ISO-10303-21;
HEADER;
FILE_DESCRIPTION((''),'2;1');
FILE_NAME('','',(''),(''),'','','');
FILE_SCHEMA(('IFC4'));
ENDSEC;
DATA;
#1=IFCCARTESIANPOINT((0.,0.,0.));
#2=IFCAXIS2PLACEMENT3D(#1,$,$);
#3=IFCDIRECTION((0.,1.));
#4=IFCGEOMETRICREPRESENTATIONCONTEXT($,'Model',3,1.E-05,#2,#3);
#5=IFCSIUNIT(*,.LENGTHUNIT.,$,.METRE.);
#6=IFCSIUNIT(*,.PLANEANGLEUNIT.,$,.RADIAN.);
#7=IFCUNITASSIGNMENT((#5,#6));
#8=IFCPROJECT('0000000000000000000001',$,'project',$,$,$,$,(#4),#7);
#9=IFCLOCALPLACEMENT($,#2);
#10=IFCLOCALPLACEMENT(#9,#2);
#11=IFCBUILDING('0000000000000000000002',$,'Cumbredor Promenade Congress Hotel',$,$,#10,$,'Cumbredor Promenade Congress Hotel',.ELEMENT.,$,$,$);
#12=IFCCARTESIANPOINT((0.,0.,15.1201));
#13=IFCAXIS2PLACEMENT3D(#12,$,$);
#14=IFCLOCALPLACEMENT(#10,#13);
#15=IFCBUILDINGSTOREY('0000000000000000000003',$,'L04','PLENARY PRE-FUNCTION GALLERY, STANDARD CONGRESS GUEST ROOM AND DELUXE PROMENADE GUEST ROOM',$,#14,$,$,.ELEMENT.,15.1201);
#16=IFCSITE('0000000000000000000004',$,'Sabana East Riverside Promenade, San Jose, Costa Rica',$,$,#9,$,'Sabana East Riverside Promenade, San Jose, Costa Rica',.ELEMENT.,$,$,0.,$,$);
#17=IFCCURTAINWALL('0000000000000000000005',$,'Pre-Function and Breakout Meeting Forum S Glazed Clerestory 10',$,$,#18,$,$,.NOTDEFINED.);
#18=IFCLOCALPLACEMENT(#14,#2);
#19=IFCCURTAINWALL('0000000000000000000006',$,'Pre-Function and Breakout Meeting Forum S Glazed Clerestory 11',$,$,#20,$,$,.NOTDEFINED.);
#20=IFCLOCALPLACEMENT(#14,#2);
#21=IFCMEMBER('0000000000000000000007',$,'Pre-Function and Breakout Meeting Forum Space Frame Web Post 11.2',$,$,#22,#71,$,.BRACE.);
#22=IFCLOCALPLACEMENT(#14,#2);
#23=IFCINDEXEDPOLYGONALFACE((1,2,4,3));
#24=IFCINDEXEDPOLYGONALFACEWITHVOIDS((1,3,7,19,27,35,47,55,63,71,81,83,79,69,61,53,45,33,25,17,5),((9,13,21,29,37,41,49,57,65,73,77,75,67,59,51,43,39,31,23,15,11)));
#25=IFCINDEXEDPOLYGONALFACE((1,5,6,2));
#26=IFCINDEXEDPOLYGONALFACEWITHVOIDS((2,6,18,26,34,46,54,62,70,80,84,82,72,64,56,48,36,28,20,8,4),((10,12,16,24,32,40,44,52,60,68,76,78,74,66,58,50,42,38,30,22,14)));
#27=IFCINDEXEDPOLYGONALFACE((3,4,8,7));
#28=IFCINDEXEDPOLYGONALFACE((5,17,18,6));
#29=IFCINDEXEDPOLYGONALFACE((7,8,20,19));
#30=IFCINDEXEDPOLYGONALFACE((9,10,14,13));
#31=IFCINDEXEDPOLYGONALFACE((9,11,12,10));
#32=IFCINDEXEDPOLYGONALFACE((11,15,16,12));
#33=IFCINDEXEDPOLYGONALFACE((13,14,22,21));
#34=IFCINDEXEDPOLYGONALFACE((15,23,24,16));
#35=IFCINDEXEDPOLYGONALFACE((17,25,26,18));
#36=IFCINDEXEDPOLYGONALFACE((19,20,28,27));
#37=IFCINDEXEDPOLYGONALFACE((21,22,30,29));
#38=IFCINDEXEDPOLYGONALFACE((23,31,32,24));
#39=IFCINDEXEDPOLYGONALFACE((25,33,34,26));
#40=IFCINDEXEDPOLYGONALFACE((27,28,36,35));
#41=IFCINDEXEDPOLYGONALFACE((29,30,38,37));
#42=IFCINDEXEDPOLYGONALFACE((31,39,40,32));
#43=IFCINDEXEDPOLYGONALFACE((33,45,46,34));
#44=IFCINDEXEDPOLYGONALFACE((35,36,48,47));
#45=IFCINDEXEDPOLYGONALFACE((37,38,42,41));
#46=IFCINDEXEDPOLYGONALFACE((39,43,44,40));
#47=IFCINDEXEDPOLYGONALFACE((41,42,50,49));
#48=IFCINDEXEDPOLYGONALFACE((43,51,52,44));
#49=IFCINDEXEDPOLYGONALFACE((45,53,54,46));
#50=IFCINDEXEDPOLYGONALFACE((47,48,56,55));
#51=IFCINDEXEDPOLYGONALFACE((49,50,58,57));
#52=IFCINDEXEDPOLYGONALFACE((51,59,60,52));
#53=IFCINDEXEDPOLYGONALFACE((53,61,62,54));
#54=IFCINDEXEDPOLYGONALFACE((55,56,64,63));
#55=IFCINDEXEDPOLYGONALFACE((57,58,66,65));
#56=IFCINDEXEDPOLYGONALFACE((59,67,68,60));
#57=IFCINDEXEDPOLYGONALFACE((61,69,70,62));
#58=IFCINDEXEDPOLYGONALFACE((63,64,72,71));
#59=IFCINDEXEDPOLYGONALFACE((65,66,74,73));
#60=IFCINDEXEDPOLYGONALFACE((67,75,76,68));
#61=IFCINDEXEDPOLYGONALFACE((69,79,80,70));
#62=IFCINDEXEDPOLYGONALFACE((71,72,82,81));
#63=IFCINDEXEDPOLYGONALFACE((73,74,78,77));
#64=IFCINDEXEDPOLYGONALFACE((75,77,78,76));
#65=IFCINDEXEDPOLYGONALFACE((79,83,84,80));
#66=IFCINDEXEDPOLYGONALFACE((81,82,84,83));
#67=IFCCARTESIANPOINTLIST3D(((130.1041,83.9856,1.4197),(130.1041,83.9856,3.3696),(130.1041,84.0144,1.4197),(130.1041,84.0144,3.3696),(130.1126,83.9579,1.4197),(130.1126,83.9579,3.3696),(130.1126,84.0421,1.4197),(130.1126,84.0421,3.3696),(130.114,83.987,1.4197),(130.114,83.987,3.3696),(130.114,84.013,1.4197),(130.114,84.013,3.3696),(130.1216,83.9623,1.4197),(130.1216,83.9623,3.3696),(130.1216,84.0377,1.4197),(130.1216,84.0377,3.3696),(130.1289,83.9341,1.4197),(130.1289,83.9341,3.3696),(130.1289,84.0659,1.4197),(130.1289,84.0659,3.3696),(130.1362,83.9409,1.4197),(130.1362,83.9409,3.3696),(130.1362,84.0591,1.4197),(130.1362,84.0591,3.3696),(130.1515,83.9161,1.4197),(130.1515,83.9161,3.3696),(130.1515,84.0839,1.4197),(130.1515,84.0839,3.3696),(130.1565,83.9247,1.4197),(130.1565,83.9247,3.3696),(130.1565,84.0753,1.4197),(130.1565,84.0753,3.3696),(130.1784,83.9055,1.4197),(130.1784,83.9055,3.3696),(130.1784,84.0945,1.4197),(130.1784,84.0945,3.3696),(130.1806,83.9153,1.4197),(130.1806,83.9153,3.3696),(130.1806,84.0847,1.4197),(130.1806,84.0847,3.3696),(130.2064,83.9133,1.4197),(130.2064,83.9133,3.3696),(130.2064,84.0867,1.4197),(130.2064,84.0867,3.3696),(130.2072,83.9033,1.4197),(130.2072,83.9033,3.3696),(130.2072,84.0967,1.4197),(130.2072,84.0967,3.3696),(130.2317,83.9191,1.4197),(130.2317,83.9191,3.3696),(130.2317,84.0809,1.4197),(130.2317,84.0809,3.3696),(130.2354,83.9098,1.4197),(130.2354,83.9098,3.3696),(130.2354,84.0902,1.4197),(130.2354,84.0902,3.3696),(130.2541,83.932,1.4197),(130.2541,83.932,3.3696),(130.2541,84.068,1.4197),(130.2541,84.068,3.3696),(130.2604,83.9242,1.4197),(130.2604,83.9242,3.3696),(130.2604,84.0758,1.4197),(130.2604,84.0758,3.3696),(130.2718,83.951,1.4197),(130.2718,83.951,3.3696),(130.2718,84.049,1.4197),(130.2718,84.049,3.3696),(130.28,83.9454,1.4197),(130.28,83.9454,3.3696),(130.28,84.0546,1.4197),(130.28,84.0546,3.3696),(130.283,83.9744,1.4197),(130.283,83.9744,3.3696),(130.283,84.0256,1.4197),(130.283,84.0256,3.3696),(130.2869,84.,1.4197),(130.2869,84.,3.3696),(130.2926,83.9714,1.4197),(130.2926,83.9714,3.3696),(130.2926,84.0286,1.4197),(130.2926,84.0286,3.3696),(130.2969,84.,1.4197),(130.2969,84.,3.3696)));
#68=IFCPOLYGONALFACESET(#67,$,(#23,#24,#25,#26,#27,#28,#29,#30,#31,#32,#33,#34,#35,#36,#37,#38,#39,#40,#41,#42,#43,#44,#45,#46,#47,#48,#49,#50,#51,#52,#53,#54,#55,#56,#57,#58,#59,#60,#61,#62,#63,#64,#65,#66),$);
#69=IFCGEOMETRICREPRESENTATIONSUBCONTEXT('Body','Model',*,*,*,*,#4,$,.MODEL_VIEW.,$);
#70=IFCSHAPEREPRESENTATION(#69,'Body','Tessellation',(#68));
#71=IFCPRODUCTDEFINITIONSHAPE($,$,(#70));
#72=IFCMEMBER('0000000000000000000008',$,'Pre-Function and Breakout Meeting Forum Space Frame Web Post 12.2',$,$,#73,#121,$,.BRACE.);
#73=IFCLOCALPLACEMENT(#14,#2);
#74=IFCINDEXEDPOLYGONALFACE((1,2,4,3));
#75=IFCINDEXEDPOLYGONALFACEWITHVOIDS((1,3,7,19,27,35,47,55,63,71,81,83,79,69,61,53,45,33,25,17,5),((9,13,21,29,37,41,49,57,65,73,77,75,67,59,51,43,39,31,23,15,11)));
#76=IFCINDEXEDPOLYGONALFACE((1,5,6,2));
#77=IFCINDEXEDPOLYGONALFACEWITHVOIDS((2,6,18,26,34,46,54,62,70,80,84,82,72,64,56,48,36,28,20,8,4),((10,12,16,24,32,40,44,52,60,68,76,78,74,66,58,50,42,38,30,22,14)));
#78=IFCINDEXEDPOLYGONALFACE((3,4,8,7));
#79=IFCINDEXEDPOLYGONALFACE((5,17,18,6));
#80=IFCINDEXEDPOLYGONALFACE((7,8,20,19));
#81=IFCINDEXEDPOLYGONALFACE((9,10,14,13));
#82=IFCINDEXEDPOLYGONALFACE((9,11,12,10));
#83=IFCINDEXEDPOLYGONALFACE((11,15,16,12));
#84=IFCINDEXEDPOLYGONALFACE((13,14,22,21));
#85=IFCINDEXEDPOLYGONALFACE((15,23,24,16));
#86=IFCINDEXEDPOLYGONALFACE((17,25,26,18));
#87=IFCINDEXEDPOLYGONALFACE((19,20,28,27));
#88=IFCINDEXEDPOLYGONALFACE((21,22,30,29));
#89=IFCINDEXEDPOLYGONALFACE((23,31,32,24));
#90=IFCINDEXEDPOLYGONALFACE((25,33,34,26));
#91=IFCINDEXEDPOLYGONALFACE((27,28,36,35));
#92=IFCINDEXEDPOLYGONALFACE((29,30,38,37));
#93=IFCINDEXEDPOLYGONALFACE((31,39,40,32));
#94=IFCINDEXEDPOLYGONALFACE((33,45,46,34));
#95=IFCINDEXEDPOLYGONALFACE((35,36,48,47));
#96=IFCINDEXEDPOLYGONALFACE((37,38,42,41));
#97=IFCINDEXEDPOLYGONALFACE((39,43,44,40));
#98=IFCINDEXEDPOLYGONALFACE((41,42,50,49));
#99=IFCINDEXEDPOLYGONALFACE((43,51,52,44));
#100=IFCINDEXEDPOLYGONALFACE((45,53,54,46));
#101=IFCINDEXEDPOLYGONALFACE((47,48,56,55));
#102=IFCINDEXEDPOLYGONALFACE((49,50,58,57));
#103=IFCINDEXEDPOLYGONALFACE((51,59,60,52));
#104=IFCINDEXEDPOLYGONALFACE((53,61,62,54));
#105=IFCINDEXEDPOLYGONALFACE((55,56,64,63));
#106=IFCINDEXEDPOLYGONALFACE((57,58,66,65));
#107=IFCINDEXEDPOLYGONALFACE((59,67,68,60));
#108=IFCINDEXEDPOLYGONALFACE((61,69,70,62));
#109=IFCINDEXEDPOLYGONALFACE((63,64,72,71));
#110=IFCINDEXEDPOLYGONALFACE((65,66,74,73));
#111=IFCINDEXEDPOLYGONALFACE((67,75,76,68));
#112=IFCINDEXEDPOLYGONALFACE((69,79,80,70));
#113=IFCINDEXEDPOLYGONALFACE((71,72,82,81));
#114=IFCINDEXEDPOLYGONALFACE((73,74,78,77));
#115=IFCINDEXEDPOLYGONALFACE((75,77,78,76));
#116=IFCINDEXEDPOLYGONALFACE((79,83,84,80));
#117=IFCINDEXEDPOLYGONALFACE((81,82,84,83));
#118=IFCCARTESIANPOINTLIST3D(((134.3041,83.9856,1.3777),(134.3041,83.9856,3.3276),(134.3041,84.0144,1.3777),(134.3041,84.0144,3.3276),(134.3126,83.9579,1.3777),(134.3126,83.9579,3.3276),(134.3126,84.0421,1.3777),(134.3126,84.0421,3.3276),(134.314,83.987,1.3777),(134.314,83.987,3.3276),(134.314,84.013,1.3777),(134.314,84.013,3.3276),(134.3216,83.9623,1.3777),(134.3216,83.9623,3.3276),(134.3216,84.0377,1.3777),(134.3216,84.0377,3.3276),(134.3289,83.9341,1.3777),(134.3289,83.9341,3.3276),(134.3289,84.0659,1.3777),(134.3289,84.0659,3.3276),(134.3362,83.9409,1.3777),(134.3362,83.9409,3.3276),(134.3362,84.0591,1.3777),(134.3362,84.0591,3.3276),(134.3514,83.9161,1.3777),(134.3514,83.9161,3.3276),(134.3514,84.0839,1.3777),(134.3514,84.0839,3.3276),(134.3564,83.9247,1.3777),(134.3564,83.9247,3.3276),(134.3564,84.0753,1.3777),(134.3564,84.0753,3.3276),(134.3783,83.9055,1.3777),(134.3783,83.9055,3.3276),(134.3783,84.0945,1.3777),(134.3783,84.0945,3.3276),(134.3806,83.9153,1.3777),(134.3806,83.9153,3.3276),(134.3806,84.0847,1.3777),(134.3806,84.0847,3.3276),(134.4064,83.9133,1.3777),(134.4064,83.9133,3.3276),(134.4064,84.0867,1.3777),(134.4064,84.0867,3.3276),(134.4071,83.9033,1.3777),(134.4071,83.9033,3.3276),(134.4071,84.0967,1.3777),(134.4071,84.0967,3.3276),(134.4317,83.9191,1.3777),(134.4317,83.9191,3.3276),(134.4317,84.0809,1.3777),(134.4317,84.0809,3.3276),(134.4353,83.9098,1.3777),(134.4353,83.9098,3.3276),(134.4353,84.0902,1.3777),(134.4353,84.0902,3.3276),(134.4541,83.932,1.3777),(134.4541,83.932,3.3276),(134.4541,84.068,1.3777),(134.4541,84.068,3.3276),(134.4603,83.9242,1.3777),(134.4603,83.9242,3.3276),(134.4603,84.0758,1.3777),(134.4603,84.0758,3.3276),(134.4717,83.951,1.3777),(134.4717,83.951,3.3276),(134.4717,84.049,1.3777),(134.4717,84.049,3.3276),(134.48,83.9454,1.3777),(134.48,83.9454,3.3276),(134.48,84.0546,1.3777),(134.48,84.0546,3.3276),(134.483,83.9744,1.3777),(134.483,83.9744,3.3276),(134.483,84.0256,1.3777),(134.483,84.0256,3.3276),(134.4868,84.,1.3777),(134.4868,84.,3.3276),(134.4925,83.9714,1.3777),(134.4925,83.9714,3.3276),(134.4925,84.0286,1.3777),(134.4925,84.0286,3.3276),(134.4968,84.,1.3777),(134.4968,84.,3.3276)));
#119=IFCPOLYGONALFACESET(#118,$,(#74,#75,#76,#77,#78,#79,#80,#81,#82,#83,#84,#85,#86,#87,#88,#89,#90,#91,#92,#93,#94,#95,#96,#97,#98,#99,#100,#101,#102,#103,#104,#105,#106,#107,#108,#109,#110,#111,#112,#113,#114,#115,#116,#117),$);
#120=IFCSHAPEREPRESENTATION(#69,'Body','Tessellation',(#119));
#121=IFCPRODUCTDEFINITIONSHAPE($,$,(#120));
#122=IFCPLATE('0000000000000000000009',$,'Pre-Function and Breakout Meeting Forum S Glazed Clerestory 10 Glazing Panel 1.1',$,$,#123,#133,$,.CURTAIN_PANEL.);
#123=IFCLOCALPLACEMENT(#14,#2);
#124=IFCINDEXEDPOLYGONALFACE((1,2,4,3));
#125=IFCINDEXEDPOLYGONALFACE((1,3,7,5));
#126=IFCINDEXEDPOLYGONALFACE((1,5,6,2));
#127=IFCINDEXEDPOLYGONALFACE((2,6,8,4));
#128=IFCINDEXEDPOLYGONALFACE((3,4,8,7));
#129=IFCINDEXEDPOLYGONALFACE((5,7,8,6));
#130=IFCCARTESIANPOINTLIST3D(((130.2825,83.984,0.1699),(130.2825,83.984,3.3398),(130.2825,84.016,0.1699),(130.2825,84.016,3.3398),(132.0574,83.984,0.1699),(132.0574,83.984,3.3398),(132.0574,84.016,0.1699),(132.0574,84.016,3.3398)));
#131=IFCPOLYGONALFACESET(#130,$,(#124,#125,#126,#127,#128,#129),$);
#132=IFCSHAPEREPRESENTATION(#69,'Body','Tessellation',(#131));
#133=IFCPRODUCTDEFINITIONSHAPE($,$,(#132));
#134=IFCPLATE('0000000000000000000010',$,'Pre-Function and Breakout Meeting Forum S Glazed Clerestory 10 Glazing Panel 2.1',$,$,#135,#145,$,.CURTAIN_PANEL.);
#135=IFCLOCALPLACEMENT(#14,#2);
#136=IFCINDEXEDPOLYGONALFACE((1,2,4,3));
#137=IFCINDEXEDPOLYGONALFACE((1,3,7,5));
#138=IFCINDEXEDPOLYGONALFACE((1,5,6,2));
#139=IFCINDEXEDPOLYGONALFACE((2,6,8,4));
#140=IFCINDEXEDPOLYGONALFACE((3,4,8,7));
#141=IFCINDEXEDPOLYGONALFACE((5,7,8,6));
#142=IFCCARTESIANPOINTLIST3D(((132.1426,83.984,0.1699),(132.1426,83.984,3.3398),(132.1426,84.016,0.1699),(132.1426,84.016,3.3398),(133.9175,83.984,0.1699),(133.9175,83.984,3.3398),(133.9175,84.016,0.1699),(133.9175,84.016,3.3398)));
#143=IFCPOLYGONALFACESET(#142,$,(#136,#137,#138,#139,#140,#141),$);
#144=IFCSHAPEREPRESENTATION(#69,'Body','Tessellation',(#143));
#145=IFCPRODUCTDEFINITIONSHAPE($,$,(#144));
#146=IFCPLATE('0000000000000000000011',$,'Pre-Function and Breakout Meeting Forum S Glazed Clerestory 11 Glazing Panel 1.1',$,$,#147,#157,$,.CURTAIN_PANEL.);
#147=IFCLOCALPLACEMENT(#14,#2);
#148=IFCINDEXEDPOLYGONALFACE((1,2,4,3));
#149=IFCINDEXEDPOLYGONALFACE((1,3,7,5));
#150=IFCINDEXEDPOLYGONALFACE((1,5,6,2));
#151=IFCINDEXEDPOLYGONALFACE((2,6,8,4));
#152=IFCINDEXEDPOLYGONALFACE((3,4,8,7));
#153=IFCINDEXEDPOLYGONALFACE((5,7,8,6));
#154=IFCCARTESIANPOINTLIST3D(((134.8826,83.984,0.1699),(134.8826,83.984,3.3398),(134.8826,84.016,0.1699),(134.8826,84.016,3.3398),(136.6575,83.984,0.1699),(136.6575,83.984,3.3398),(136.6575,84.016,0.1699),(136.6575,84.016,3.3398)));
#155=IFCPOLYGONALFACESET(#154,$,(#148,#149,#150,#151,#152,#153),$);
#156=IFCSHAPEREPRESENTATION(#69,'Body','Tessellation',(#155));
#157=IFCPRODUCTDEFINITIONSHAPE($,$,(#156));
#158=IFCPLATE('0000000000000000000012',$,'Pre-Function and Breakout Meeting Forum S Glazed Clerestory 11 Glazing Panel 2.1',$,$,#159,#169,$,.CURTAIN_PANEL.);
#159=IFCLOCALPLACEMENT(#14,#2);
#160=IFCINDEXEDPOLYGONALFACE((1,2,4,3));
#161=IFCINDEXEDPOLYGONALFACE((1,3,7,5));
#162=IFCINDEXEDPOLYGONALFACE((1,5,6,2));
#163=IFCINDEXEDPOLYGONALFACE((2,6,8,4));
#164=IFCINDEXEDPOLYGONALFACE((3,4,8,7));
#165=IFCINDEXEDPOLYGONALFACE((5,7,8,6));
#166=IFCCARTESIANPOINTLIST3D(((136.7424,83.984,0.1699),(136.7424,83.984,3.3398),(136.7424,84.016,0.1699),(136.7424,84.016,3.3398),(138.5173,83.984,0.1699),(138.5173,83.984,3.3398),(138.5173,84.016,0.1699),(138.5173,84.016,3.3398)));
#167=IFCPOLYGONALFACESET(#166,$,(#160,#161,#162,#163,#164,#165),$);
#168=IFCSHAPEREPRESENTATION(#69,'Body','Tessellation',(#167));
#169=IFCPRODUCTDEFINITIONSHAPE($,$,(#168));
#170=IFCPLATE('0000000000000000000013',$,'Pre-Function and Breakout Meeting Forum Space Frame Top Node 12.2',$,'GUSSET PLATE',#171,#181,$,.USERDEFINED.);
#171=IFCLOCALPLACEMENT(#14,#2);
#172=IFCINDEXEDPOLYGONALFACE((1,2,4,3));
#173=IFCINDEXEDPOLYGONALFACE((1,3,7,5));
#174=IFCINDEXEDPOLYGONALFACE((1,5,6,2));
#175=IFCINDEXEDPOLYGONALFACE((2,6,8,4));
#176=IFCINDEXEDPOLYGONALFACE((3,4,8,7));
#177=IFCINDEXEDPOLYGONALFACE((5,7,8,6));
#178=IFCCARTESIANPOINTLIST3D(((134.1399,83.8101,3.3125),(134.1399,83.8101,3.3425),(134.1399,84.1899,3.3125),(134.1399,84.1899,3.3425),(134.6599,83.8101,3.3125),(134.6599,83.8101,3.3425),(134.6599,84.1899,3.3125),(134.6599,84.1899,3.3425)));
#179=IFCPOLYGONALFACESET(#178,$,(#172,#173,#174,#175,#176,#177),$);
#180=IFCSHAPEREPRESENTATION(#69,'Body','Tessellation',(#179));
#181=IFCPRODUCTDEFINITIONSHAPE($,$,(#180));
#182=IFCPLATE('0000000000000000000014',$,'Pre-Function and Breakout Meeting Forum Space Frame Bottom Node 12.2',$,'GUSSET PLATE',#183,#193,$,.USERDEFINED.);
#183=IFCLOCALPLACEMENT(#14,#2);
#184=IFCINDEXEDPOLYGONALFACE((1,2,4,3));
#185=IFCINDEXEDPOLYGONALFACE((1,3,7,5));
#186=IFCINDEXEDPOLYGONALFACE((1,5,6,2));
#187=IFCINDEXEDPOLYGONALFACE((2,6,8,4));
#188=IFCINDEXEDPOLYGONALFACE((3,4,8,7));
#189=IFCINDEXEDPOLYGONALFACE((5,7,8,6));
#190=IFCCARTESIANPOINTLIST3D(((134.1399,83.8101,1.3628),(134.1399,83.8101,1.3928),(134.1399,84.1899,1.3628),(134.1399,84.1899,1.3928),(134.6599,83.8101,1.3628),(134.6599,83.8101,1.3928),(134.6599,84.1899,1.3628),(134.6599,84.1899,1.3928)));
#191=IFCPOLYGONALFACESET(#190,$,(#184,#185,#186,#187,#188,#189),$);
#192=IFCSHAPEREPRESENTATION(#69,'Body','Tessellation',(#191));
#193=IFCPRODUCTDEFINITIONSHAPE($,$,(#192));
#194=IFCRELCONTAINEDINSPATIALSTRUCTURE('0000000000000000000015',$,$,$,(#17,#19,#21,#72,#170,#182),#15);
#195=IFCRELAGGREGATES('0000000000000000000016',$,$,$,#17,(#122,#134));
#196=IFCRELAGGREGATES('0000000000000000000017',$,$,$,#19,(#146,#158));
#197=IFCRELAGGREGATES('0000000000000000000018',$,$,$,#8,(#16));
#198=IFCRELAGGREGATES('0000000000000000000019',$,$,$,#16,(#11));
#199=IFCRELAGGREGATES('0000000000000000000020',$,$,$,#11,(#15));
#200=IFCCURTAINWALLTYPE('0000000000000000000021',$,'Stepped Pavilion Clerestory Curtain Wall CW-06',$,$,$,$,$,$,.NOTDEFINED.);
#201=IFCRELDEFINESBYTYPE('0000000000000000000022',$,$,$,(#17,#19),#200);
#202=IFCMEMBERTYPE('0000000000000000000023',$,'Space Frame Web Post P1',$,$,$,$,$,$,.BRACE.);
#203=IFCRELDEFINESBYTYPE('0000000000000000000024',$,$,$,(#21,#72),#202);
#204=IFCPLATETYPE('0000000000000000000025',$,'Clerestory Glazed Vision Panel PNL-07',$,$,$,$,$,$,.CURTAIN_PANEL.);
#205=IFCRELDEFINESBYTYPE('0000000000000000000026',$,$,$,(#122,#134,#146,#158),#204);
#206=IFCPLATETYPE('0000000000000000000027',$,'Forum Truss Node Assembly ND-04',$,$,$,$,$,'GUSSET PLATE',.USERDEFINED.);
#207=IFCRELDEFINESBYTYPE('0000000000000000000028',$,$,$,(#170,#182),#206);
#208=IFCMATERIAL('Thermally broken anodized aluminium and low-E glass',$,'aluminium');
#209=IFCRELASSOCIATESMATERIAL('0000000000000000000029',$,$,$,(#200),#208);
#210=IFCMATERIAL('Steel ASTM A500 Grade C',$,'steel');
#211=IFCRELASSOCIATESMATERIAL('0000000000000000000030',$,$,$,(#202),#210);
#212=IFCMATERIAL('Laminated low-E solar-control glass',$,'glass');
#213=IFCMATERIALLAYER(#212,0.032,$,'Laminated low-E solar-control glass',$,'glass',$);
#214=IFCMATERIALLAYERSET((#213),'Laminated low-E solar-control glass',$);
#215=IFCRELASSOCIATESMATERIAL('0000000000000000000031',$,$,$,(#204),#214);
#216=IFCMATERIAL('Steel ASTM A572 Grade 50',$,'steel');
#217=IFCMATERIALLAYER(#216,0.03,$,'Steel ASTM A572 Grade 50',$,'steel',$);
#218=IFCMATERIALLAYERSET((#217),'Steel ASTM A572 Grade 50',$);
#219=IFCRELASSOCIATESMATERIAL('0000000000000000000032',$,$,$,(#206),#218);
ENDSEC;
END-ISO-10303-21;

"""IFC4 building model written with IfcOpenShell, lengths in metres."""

from ifc_helpers import new_model, si_unit, direction, frame, origin, origin_2d, place, context, subcontext, project, spatial, rectangle, hollow_circle, extrude, material, layer, layer_set, material_profile, profile_set, type_object, element, aggregate, save


model = new_model("IFC4")

# Units and contexts
model_context = context("Model", 3, precision=1e-05, world=origin(), true_north=direction((0.0, 1.0)))
body_context = subcontext(model_context, "Body", "Model", "MODEL_VIEW")
ifc_project = project(units=[si_unit("LENGTHUNIT", "METRE"), si_unit("PLANEANGLEUNIT", "RADIAN")], contexts=[model_context])

# Site, building, storey
site_placement = place(None, origin())
site = spatial("IfcSite", under=ifc_project, at=site_placement, Name="Sabana East Riverside Promenade, San Jose, Costa Rica", LongName="Sabana East Riverside Promenade, San Jose, Costa Rica", CompositionType="ELEMENT", RefElevation=0.0)
building_placement = place(site_placement, origin())
building = spatial("IfcBuilding", under=site, at=building_placement, Name="Cumbredor Promenade Congress Hotel", LongName="Cumbredor Promenade Congress Hotel", CompositionType="ELEMENT")
storey_placement = place(building_placement, frame((0.0, 0.0, 15.1201)))
storey = spatial("IfcBuildingStorey", under=building, at=storey_placement, Name="L04", Description="PLENARY PRE-FUNCTION GALLERY, STANDARD CONGRESS GUEST ROOM AND DELUXE PROMENADE GUEST ROOM", CompositionType="ELEMENT", Elevation=15.1201)

# Curtain walls
ifc_material_1 = material(Name="Thermally broken anodized aluminium and low-E glass", Category="aluminium")
curtain_wall_type = type_object("IfcCurtainWallType", Name="Stepped Pavilion Clerestory Curtain Wall CW-06", PredefinedType="NOTDEFINED", material=ifc_material_1)
curtain_wall_1_placement = place(storey_placement, origin())
curtain_wall_1 = element("IfcCurtainWall", 1, at=curtain_wall_1_placement, inside=storey, type_object=curtain_wall_type, Name="Pre-Function and Breakout Meeting Forum S Glazed Clerestory 10", PredefinedType="NOTDEFINED")
curtain_wall_2_placement = place(storey_placement, origin())
curtain_wall_2 = element("IfcCurtainWall", 2, at=curtain_wall_2_placement, inside=storey, type_object=curtain_wall_type, Name="Pre-Function and Breakout Meeting Forum S Glazed Clerestory 11", PredefinedType="NOTDEFINED")

# Members
ifc_material_2 = material(Name="Steel ASTM A500 Grade C", Category="steel")
ifc_material_profile_1 = material_profile(ifc_material_2, hollow_circle(Radius=0.0969, WallThickness=0.01, at=origin_2d()), Name="CHS 193.7x10")
ifc_profile_set_1 = profile_set([ifc_material_profile_1], Name="Steel ASTM A500 Grade C")
member_type_1 = type_object("IfcMemberType", Name="Space Frame Web Post P1", PredefinedType="BRACE", material=ifc_profile_set_1)
for number, where, z_axis, x_axis, name in (
    (3, (130.2, 84.0, 1.4197), (0.0, 0.0, 1.0), (1.0, 0.0, 0.0), "Pre-Function and Breakout Meeting Forum Space Frame Web Post 11.2"),
    (4, (134.3999, 84.0, 1.3777), (0.0, 0.0, 1.0), (1.0, 0.0, 0.0), "Pre-Function and Breakout Meeting Forum Space Frame Web Post 12.2"),
):
    element("IfcMember", number, at=place(storey_placement, frame(where, z_axis=z_axis, x_axis=x_axis)), inside=storey, type_object=member_type_1, Name=name, PredefinedType="BRACE", context=body_context, shape_type="SweptSolid", body=[
        extrude(hollow_circle(Radius=0.0969, WallThickness=0.01, at=origin_2d()), origin(), (0.0, 0.0, 1.0), 1.95),
    ])

# Plates
ifc_material_3 = material(Name="Laminated low-E solar-control glass", Category="glass")
ifc_layer_1 = layer(ifc_material_3, 0.032, Name="Laminated low-E solar-control glass", Category="glass")
ifc_layer_set_1 = layer_set([ifc_layer_1], Name="Laminated low-E solar-control glass")
plate_type_1 = type_object("IfcPlateType", Name="Clerestory Glazed Vision Panel PNL-07", PredefinedType="CURTAIN_PANEL", material=ifc_layer_set_1)
plate_1_placement = place(storey_placement, frame((131.1699, 84.0, 0.1699), z_axis=(0.0, 0.0, 1.0), x_axis=(1.0, 0.0, 0.0)))
plate_1 = element("IfcPlate", 5, at=plate_1_placement, type_object=plate_type_1, Name="Pre-Function and Breakout Meeting Forum S Glazed Clerestory 10 Glazing Panel 1.1", PredefinedType="CURTAIN_PANEL", context=body_context, shape_type="SweptSolid", body=[
    extrude(rectangle(XDim=1.7749, YDim=0.032, at=origin_2d()), origin(), (0.0, 0.0, 1.0), 3.1699),
])
plate_2_placement = place(storey_placement, frame((133.03, 84.0, 0.1699), z_axis=(0.0, 0.0, 1.0), x_axis=(1.0, 0.0, 0.0)))
plate_2 = element("IfcPlate", 6, at=plate_2_placement, type_object=plate_type_1, Name="Pre-Function and Breakout Meeting Forum S Glazed Clerestory 10 Glazing Panel 2.1", PredefinedType="CURTAIN_PANEL", context=body_context, shape_type="SweptSolid", body=[
    extrude(rectangle(XDim=1.7749, YDim=0.032, at=origin_2d()), origin(), (0.0, 0.0, 1.0), 3.1699),
])
aggregate(curtain_wall_1, [plate_1, plate_2])
plate_3_placement = place(storey_placement, frame((135.77, 84.0, 0.1699), z_axis=(0.0, 0.0, 1.0), x_axis=(1.0, 0.0, 0.0)))
plate_3 = element("IfcPlate", 7, at=plate_3_placement, type_object=plate_type_1, Name="Pre-Function and Breakout Meeting Forum S Glazed Clerestory 11 Glazing Panel 1.1", PredefinedType="CURTAIN_PANEL", context=body_context, shape_type="SweptSolid", body=[
    extrude(rectangle(XDim=1.7749, YDim=0.032, at=origin_2d()), origin(), (0.0, 0.0, 1.0), 3.1699),
])
plate_4_placement = place(storey_placement, frame((137.6299, 84.0, 0.1699), z_axis=(0.0, 0.0, 1.0), x_axis=(1.0, 0.0, 0.0)))
plate_4 = element("IfcPlate", 8, at=plate_4_placement, type_object=plate_type_1, Name="Pre-Function and Breakout Meeting Forum S Glazed Clerestory 11 Glazing Panel 2.1", PredefinedType="CURTAIN_PANEL", context=body_context, shape_type="SweptSolid", body=[
    extrude(rectangle(XDim=1.7749, YDim=0.032, at=origin_2d()), origin(), (0.0, 0.0, 1.0), 3.1699),
])
aggregate(curtain_wall_2, [plate_3, plate_4])

# Plates
ifc_material_4 = material(Name="Steel ASTM A572 Grade 50", Category="steel")
ifc_layer_2 = layer(ifc_material_4, 0.03, Name="Steel ASTM A572 Grade 50", Category="steel")
ifc_layer_set_2 = layer_set([ifc_layer_2], Name="Steel ASTM A572 Grade 50")
plate_type_2 = type_object("IfcPlateType", Name="Forum Truss Node Assembly ND-04", ElementType="GUSSET PLATE", PredefinedType="USERDEFINED", material=ifc_layer_set_2)
for number, where, z_axis, x_axis, name in (
    (9, (134.3999, 84.0, 3.3125), (0.0, 0.0, 1.0), (1.0, 0.0, 0.0), "Pre-Function and Breakout Meeting Forum Space Frame Top Node 12.2"),
    (10, (134.3999, 84.0, 1.3628), (0.0, 0.0, 1.0), (1.0, 0.0, 0.0), "Pre-Function and Breakout Meeting Forum Space Frame Bottom Node 12.2"),
):
    element("IfcPlate", number, at=place(storey_placement, frame(where, z_axis=z_axis, x_axis=x_axis)), inside=storey, type_object=plate_type_2, Name=name, ObjectType="GUSSET PLATE", PredefinedType="USERDEFINED", context=body_context, shape_type="SweptSolid", body=[
        extrude(rectangle(XDim=0.52, YDim=0.3799, at=origin_2d()), origin(), (0.0, 0.0, 1.0), 0.03),
    ])

save(model, "model.ifc")
